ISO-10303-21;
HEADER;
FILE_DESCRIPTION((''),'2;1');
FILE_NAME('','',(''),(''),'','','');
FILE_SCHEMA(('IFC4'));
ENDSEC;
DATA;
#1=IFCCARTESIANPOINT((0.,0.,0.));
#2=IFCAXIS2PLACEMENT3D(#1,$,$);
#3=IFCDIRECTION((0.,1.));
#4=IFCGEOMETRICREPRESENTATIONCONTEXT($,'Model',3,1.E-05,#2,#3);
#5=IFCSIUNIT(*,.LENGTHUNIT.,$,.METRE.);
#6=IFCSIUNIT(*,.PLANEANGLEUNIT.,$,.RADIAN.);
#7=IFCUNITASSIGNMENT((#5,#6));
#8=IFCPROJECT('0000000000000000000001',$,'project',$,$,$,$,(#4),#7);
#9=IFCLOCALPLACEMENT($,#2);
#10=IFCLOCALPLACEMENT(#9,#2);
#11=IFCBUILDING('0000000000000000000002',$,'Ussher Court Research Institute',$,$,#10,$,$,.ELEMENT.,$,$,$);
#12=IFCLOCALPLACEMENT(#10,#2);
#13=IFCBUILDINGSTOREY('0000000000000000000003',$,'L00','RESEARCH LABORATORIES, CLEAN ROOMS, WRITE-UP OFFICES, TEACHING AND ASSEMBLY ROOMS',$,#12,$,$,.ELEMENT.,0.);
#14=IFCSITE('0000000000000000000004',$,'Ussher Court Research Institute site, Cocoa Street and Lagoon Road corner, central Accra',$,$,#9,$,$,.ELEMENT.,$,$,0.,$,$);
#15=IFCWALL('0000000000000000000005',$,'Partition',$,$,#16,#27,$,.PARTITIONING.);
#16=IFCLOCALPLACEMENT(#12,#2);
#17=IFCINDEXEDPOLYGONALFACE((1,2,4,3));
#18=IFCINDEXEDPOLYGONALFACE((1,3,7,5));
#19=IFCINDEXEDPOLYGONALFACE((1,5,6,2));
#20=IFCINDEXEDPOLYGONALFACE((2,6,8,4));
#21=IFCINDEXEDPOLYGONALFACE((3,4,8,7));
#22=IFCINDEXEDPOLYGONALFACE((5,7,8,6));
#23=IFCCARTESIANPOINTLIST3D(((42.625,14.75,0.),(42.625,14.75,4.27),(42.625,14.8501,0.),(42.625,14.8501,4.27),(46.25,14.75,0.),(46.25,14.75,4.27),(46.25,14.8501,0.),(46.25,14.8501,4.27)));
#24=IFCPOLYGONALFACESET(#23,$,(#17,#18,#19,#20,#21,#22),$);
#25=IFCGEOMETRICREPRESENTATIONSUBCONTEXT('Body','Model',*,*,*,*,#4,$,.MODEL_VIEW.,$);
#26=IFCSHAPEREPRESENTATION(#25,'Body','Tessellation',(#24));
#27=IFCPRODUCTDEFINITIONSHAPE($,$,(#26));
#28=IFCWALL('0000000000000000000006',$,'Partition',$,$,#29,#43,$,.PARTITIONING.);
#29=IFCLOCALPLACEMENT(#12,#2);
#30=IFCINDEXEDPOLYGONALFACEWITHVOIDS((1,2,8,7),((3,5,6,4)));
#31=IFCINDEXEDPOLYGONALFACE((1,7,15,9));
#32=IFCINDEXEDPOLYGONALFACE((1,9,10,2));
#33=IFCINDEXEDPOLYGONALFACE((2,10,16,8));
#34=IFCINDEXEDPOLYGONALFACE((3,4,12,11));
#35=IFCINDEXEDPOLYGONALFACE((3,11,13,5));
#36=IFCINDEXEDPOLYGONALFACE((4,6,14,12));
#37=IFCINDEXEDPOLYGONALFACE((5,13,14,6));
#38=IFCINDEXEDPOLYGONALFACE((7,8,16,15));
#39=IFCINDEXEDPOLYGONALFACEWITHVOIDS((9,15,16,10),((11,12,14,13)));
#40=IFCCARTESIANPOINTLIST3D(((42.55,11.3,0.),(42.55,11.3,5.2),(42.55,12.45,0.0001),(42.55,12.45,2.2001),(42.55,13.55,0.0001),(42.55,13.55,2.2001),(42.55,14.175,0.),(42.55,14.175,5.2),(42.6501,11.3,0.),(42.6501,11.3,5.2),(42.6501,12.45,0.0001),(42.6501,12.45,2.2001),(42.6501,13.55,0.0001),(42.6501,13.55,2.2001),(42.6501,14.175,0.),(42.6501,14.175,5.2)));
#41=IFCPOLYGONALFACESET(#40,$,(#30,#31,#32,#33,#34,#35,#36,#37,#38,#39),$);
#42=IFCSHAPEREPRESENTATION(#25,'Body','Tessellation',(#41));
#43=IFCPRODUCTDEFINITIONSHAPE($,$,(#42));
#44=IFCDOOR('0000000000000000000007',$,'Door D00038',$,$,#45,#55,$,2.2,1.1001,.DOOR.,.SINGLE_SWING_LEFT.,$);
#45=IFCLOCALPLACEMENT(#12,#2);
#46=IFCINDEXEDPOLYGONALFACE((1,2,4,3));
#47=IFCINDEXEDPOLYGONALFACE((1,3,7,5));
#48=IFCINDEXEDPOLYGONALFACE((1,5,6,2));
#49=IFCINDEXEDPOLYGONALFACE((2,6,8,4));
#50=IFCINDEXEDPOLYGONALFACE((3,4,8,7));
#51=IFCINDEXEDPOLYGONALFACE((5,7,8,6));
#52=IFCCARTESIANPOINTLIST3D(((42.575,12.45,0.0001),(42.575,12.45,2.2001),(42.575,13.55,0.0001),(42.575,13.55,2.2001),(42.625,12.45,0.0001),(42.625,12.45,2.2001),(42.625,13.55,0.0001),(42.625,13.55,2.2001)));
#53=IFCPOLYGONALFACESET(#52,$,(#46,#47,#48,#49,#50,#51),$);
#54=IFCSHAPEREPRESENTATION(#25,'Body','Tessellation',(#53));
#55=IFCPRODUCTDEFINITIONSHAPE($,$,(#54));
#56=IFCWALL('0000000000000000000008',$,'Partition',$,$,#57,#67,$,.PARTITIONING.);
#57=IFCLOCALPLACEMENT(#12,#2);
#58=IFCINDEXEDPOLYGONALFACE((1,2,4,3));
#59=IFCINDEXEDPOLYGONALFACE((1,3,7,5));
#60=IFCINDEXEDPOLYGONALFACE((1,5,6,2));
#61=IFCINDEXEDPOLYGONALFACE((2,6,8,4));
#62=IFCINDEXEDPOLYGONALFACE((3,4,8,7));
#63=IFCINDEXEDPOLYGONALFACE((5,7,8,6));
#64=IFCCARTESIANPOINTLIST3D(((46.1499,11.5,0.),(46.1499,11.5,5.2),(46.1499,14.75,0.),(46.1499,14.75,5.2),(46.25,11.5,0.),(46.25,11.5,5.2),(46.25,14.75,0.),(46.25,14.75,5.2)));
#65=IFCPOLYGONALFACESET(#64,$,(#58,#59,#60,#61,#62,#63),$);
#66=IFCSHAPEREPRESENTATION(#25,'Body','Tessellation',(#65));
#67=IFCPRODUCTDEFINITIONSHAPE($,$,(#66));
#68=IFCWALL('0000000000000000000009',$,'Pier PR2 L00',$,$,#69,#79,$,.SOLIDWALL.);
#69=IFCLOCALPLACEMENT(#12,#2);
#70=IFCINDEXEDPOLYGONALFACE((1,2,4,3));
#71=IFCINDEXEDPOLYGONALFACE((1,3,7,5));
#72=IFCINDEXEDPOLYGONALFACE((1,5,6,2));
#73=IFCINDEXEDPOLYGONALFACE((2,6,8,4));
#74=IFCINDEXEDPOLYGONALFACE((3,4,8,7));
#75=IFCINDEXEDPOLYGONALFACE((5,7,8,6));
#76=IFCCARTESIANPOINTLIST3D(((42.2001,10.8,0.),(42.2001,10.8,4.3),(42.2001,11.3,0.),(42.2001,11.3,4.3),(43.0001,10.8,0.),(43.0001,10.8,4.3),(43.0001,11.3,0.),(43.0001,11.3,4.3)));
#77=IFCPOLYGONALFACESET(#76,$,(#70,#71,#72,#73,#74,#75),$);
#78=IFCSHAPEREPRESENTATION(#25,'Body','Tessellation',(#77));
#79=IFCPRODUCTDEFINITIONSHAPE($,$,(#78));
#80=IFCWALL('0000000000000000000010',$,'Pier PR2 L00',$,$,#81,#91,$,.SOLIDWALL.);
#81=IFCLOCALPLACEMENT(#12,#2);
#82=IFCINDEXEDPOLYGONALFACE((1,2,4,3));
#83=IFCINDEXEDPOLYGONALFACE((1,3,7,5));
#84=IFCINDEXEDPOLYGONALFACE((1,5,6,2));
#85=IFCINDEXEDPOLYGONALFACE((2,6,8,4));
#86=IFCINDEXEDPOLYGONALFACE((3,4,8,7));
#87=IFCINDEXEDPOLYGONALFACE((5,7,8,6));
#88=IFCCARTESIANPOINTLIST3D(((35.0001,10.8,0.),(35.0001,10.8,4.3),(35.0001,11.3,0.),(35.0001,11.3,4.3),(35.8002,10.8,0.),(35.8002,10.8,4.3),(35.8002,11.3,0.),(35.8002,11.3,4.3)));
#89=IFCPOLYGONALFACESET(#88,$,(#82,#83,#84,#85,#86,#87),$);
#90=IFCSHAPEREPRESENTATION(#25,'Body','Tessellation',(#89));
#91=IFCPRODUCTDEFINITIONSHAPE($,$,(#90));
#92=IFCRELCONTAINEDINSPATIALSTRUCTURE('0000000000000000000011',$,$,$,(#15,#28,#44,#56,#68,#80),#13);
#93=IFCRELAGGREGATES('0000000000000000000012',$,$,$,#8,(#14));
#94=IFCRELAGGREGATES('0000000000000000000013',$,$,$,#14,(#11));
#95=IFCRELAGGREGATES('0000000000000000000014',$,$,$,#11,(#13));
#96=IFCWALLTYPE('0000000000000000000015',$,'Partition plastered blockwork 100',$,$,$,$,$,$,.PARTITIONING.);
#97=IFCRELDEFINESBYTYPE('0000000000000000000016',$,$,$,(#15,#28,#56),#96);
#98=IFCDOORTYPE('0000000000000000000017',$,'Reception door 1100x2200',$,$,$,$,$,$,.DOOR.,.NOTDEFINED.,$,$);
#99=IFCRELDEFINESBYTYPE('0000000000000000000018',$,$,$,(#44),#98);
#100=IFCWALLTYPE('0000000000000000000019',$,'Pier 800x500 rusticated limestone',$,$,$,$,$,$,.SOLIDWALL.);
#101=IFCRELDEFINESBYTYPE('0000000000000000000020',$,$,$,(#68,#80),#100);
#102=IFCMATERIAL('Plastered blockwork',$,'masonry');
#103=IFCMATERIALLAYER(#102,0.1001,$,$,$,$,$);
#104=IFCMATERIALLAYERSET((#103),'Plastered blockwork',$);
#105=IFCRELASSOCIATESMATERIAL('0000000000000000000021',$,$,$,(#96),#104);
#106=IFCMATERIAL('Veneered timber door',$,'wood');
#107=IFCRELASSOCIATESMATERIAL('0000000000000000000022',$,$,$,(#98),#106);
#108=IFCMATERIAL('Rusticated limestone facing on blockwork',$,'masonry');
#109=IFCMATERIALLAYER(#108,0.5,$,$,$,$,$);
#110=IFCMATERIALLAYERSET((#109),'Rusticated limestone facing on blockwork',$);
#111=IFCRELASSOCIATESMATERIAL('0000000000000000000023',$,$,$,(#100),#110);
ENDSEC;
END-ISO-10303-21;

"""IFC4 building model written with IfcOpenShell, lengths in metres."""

from ifc_helpers import new_model, si_unit, direction, frame, frame_2d, origin, place, context, subcontext, project, spatial, rectangle, extrude, material, layer, layer_set, type_object, element, fill, save


model = new_model("IFC4")

# Units and contexts
model_context = context("Model", 3, precision=1e-05, world=origin(), true_north=direction((0.0, 1.0)))
body_context = subcontext(model_context, "Body", "Model", "MODEL_VIEW")
ifc_project = project(units=[si_unit("LENGTHUNIT", "METRE"), si_unit("PLANEANGLEUNIT", "RADIAN")], contexts=[model_context])

# Site, building, storey
site_placement = place(None, origin())
site = spatial("IfcSite", under=ifc_project, at=site_placement, Name="Ussher Court Research Institute site, Cocoa Street and Lagoon Road corner, central Accra", CompositionType="ELEMENT", RefElevation=0.0)
building_placement = place(site_placement, origin())
building = spatial("IfcBuilding", under=site, at=building_placement, Name="Ussher Court Research Institute", CompositionType="ELEMENT")
storey_placement = place(building_placement, origin())
storey = spatial("IfcBuildingStorey", under=building, at=storey_placement, Name="L00", Description="RESEARCH LABORATORIES, CLEAN ROOMS, WRITE-UP OFFICES, TEACHING AND ASSEMBLY ROOMS", CompositionType="ELEMENT", Elevation=0.0)

# Wall
ifc_material_1 = material(Name="Plastered blockwork", Category="masonry")
ifc_layer_1 = layer(ifc_material_1, 0.1001)
ifc_layer_set_1 = layer_set([ifc_layer_1], Name="Plastered blockwork")
wall_type_1 = type_object("IfcWallType", Name="Partition plastered blockwork 100", PredefinedType="PARTITIONING", material=ifc_layer_set_1)
wall_1_placement = place(storey_placement, frame((42.625, 14.8, 0.0), z_axis=(0.0, 0.0, 1.0), x_axis=(1.0, 0.0, 0.0)))
element("IfcWall", 1, at=wall_1_placement, inside=storey, type_object=wall_type_1, Name="Partition", PredefinedType="PARTITIONING", context=body_context, shape_type="SweptSolid", body=[
    extrude(rectangle(XDim=3.625, YDim=0.1001, at=frame_2d((1.8125, 0.0))), origin(), (0.0, 0.0, 1.0), 4.27),
])

# Wall, opening, door
wall_2_placement = place(storey_placement, frame((42.6001, 14.175, 0.0), z_axis=(0.0, 0.0, 1.0), x_axis=(0.0, -1.0, 0.0)))
wall_2 = element("IfcWall", 2, at=wall_2_placement, inside=storey, type_object=wall_type_1, Name="Partition", PredefinedType="PARTITIONING", context=body_context, shape_type="SweptSolid", body=[
    extrude(rectangle(XDim=2.875, YDim=0.1001, at=frame_2d((1.4375, 0.0))), origin(), (0.0, 0.0, 1.0), 5.2),
])
opening_placement = place(wall_2_placement, frame((0.625, 0.0, 0.0)))
opening = element("IfcOpeningElement", 3, at=opening_placement, cuts=wall_2, PredefinedType="OPENING", context=body_context, shape_type="SweptSolid", body=[
    extrude(rectangle(XDim=1.1001, YDim=2.2, at=frame_2d((0.55, 1.1001))), frame((0.0, 0.0601, 0.0), z_axis=(0.0, -1.0, 0.0), x_axis=(1.0, 0.0, 0.0)), (0.0, 0.0, 1.0), 0.1201),
])
ifc_material_2 = material(Name="Veneered timber door", Category="wood")
door_type = type_object("IfcDoorType", Name="Reception door 1100x2200", OperationType="NOTDEFINED", PredefinedType="DOOR", material=ifc_material_2)
door_placement = place(opening_placement, origin())
door = element("IfcDoor", 4, at=door_placement, inside=storey, type_object=door_type, Name="Door D00038", OperationType="SINGLE_SWING_LEFT", OverallHeight=2.2, OverallWidth=1.1001, PredefinedType="DOOR", context=body_context, shape_type="SweptSolid", body=[
    extrude(rectangle(XDim=1.1001, YDim=2.2, at=frame_2d((0.55, 1.1001))), frame((0.0, 0.0249, 0.0), z_axis=(0.0, -1.0, 0.0), x_axis=(1.0, 0.0, 0.0)), (0.0, 0.0, 1.0), 0.05),
])
fill(opening, door)

# Walls
wall_3_placement = place(storey_placement, frame((46.2, 11.5, 0.0), z_axis=(0.0, 0.0, 1.0), x_axis=(0.0, 1.0, 0.0)))
element("IfcWall", 5, at=wall_3_placement, inside=storey, type_object=wall_type_1, Name="Partition", PredefinedType="PARTITIONING", context=body_context, shape_type="SweptSolid", body=[
    extrude(rectangle(XDim=3.25, YDim=0.1001, at=frame_2d((1.625, 0.0))), origin(), (0.0, 0.0, 1.0), 5.2),
])
ifc_material_3 = material(Name="Rusticated limestone facing on blockwork", Category="masonry")
ifc_layer_2 = layer(ifc_material_3, 0.5)
ifc_layer_set_2 = layer_set([ifc_layer_2], Name="Rusticated limestone facing on blockwork")
wall_type_2 = type_object("IfcWallType", Name="Pier 800x500 rusticated limestone", PredefinedType="SOLIDWALL", material=ifc_layer_set_2)
for number, where, z_axis, x_axis, name in (
    (6, (43.0, 11.05, 0.0), (0.0, 0.0, 1.0), (-1.0, 0.0, 0.0), "Pier PR2 L00"),
    (7, (35.8, 11.05, 0.0), (0.0, 0.0, 1.0), (-1.0, 0.0, 0.0), "Pier PR2 L00"),
):
    element("IfcWall", number, at=place(storey_placement, frame(where, z_axis=z_axis, x_axis=x_axis)), inside=storey, type_object=wall_type_2, Name=name, PredefinedType="SOLIDWALL", context=body_context, shape_type="SweptSolid", body=[
        extrude(rectangle(XDim=0.8, YDim=0.5, at=frame_2d((0.3999, 0.0))), origin(), (0.0, 0.0, 1.0), 4.3),
    ])

save(model, "model.ifc")
